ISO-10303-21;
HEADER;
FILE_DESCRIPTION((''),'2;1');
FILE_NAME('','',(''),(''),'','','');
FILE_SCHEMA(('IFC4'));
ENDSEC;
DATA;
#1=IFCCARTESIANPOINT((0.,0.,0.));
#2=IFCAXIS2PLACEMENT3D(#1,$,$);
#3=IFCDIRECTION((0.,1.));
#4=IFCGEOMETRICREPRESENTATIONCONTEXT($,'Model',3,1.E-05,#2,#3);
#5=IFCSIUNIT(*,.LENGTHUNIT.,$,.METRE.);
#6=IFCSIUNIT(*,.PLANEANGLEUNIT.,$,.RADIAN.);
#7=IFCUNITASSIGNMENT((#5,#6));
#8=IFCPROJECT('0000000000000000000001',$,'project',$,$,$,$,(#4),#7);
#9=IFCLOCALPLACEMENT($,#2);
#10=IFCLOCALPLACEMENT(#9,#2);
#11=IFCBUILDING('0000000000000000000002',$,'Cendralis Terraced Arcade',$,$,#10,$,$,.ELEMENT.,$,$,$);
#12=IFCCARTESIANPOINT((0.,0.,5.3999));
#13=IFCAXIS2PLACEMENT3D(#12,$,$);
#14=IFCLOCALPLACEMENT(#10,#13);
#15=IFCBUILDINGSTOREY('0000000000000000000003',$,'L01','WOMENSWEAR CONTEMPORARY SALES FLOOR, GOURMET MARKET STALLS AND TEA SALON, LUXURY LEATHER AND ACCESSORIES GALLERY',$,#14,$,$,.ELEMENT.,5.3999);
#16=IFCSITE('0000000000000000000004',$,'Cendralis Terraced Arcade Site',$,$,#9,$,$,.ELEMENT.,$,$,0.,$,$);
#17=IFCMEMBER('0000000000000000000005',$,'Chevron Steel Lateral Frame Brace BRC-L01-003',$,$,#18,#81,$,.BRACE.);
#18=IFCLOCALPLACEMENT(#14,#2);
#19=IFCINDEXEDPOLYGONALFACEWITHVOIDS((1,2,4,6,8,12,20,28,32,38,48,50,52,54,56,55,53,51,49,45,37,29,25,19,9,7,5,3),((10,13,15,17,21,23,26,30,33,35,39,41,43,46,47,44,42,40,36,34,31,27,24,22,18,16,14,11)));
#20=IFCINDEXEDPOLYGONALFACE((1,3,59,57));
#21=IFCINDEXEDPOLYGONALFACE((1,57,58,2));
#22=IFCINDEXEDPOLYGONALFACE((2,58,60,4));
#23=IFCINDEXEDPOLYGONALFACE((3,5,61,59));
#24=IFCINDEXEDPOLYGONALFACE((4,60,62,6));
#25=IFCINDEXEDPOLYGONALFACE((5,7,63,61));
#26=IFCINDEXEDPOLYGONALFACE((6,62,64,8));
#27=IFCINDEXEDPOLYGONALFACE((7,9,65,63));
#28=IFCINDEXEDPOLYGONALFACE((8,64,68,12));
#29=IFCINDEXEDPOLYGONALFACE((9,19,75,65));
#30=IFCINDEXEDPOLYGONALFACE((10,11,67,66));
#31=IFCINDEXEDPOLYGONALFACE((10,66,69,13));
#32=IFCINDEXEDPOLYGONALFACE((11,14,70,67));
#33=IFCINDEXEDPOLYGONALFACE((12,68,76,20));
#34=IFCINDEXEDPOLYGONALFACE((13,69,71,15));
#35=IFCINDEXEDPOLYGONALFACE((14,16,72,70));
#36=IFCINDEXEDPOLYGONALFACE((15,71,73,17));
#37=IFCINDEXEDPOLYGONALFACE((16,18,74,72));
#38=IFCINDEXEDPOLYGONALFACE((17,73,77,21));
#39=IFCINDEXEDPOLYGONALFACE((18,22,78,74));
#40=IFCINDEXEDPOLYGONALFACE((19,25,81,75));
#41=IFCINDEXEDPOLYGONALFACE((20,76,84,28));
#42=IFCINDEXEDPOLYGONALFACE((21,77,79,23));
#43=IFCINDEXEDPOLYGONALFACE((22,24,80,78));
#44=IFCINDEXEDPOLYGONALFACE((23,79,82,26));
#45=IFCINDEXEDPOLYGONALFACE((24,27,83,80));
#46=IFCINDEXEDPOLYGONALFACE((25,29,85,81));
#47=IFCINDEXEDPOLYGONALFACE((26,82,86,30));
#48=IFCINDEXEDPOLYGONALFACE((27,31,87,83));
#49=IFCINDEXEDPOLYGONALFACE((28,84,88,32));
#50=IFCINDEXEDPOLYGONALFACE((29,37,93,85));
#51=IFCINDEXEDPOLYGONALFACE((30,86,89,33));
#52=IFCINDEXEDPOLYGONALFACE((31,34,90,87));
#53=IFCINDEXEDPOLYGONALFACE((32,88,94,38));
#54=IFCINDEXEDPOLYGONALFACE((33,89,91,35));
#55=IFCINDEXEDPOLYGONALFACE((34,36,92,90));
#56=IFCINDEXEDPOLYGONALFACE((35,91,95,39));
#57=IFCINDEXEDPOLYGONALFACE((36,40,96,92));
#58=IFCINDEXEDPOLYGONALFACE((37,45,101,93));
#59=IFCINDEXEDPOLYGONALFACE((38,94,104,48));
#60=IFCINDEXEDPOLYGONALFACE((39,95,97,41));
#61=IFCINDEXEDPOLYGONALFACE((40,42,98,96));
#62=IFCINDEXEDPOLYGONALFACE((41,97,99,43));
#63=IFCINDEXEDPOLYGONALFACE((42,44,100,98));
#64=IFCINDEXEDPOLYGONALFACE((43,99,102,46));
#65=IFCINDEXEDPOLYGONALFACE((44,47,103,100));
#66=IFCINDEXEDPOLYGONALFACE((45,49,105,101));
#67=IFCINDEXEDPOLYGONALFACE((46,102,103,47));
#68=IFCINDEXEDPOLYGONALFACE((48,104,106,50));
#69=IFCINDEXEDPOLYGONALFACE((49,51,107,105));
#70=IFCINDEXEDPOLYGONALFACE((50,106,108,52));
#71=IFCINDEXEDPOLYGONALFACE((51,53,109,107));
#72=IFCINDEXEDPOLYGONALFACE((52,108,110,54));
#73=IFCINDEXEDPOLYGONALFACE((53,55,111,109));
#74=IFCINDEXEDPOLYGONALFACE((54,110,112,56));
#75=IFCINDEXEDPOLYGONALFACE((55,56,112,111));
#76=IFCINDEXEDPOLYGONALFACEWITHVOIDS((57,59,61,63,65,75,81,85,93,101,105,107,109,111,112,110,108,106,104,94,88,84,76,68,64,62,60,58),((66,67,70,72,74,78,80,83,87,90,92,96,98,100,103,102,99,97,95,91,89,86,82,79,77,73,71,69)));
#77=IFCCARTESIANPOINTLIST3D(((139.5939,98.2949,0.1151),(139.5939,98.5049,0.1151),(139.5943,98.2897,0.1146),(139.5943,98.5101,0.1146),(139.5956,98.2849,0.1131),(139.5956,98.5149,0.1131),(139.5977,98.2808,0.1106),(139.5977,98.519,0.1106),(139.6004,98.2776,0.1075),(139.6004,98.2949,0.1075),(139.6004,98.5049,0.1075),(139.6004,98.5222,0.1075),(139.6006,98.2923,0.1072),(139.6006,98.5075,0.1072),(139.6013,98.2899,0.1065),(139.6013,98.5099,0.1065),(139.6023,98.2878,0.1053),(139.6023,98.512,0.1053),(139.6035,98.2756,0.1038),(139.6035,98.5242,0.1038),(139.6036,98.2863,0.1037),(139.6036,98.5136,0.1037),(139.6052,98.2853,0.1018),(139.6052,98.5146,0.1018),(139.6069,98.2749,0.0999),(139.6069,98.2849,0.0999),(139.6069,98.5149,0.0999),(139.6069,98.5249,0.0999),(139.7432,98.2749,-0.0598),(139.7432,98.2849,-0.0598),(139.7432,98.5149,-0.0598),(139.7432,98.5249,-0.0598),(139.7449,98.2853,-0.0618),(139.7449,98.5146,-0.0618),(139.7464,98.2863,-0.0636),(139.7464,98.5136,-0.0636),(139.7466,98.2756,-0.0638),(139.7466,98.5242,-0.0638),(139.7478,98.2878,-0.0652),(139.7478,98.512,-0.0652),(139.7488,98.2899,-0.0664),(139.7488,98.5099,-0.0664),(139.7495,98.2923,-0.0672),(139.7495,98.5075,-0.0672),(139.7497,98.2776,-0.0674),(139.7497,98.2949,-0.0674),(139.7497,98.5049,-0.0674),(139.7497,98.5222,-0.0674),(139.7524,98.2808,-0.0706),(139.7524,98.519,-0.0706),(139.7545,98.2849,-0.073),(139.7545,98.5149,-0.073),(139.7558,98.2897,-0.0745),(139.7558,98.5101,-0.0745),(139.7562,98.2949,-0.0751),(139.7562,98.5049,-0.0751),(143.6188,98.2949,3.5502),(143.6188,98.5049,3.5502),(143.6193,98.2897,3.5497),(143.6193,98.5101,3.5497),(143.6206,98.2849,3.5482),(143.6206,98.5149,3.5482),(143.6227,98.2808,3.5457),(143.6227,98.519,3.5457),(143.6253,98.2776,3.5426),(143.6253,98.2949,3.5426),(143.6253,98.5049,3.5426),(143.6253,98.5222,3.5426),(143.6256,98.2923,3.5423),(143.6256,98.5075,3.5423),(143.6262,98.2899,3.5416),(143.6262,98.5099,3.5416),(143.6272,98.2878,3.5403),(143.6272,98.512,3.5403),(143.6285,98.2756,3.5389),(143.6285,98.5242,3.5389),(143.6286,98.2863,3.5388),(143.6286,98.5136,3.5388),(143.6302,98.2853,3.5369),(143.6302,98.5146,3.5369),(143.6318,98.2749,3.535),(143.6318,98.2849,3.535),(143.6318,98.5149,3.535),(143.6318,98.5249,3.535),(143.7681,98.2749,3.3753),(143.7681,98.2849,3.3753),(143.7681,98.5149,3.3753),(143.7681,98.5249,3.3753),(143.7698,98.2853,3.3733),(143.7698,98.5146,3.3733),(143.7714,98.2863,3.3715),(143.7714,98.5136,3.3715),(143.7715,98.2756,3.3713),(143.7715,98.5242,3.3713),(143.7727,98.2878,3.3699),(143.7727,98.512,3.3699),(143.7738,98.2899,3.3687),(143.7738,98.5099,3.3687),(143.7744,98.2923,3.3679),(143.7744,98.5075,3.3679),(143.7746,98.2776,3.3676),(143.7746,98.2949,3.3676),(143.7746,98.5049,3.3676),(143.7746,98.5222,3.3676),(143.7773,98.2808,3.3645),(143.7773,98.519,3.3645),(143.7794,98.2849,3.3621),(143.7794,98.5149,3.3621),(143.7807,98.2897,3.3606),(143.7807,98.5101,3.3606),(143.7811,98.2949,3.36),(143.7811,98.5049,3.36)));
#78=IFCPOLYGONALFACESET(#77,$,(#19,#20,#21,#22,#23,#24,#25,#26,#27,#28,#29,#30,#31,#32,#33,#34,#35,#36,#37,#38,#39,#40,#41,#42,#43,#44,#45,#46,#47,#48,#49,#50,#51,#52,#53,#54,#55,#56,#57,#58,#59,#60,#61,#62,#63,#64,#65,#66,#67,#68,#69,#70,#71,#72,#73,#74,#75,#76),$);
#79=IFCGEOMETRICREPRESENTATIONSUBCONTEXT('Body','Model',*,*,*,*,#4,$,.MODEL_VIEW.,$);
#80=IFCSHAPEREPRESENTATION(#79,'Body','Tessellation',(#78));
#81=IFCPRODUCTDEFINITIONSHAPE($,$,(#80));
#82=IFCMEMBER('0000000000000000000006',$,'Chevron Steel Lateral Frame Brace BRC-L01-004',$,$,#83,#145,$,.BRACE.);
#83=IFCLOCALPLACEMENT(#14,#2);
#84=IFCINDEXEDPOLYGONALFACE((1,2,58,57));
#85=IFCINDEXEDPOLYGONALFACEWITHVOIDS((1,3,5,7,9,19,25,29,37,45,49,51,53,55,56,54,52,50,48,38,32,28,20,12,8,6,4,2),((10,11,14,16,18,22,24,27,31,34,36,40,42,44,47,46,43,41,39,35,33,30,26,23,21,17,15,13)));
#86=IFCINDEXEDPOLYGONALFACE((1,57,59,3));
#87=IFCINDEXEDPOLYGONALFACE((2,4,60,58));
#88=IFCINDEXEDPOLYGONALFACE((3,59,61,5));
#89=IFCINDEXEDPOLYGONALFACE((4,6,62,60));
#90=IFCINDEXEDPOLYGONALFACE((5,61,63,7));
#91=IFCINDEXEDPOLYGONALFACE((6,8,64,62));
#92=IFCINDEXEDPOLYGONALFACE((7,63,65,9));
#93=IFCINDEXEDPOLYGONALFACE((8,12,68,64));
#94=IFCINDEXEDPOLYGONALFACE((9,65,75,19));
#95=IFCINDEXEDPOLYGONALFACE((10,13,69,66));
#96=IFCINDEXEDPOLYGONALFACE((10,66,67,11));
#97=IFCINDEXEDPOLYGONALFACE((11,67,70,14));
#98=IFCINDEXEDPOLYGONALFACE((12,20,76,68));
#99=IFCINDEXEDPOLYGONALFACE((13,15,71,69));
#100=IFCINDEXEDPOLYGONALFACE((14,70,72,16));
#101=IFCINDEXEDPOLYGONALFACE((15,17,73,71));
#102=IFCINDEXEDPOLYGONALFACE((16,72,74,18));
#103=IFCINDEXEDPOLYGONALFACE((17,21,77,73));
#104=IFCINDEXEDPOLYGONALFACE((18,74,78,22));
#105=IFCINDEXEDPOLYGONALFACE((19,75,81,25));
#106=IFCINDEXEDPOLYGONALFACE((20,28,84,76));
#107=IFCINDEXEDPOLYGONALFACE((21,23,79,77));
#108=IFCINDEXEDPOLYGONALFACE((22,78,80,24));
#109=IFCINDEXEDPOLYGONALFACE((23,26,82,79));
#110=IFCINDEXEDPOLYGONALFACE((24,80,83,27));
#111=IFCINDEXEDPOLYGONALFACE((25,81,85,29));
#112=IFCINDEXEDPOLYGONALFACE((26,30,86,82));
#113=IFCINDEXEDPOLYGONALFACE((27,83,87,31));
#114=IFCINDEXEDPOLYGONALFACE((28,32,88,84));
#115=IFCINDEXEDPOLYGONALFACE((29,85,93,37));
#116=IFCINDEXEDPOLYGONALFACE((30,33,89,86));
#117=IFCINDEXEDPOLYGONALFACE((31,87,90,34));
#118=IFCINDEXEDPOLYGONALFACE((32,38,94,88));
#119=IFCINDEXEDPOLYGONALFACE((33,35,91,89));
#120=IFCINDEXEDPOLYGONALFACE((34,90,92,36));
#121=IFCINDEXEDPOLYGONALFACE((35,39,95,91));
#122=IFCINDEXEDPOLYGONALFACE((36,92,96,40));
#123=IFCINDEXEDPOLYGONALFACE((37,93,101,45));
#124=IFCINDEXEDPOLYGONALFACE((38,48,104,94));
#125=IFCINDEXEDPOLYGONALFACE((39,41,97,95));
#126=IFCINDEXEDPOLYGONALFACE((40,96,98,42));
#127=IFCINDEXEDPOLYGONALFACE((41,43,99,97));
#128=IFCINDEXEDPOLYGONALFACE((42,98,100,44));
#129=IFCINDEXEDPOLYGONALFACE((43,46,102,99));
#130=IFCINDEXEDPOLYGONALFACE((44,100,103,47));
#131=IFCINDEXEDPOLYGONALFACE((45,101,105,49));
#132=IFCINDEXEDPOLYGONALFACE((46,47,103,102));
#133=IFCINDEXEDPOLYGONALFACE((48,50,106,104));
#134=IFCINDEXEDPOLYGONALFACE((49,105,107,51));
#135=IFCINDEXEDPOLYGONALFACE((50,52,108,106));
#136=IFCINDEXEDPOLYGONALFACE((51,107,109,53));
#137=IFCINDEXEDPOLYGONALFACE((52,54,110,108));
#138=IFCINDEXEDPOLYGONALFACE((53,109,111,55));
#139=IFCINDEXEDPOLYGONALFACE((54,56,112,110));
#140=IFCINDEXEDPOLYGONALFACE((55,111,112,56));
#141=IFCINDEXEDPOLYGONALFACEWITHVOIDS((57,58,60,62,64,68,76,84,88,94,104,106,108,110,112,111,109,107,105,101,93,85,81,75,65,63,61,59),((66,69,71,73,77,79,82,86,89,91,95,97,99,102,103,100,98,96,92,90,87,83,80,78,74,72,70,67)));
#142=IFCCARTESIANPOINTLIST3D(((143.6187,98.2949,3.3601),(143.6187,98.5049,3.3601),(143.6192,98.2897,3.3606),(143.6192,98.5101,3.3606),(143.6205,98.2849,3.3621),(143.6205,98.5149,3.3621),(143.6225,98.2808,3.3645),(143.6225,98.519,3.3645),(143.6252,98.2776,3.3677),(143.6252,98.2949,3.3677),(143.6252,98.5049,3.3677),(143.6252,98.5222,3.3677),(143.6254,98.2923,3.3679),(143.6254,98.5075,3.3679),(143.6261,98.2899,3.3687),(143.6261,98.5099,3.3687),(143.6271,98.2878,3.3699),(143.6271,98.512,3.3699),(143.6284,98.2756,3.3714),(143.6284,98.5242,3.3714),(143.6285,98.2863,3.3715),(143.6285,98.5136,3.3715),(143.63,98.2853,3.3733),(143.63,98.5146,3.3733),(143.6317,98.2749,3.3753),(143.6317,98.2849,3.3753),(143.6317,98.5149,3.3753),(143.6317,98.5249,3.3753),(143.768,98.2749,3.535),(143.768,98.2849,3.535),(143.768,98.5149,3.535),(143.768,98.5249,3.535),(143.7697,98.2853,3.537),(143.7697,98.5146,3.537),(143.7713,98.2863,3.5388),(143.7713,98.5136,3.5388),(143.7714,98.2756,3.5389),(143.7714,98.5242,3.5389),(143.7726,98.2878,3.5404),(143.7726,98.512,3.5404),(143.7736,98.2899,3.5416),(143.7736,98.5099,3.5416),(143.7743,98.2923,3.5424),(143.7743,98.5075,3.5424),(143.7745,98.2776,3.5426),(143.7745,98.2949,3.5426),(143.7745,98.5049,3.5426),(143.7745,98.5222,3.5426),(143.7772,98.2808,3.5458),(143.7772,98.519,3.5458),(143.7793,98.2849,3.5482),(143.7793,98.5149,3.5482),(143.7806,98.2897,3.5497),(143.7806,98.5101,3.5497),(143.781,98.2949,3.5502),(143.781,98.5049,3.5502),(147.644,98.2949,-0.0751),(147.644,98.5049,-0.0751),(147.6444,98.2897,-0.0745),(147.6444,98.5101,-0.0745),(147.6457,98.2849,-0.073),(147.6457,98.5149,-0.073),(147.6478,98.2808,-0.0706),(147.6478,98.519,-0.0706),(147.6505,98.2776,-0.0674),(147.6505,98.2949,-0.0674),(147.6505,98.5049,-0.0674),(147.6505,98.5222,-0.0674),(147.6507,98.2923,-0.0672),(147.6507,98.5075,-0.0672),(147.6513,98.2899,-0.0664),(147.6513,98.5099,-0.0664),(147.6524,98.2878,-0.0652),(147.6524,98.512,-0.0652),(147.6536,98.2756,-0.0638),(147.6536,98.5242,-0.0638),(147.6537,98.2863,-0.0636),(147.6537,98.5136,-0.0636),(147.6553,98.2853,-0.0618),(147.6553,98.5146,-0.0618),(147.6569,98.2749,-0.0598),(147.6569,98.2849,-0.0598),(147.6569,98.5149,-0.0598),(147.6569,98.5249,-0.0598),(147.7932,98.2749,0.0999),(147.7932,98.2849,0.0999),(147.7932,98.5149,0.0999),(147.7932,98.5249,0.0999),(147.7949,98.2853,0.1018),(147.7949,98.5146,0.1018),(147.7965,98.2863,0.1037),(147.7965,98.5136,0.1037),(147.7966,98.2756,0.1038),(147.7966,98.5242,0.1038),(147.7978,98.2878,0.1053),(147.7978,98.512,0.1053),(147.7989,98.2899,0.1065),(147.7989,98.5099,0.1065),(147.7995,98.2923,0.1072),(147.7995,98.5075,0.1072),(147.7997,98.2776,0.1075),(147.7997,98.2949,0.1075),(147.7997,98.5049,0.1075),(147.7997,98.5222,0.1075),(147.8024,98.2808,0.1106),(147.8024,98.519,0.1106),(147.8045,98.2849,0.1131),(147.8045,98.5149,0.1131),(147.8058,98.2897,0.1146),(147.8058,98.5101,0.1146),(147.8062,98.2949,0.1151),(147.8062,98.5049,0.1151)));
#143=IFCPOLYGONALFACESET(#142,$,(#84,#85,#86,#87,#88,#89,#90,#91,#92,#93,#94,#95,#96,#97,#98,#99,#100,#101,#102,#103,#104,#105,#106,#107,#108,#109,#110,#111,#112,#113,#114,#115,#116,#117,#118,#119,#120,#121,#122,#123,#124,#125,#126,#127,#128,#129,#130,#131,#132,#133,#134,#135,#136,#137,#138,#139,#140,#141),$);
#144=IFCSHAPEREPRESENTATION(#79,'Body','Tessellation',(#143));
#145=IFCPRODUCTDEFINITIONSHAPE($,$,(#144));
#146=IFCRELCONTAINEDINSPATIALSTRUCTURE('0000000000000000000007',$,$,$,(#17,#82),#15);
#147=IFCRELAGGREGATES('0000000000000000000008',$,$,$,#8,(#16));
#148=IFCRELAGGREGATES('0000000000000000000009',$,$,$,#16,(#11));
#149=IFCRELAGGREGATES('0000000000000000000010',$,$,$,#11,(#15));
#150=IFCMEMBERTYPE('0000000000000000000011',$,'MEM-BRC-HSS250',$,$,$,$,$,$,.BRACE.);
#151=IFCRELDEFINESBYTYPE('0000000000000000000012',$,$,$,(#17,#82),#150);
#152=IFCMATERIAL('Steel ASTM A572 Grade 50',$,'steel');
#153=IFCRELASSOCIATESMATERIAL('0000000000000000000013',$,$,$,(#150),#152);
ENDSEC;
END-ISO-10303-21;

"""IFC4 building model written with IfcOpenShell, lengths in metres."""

from ifc_helpers import new_model, si_unit, direction, frame, origin, origin_2d, place, context, subcontext, project, spatial, hollow_rectangle, extrude, material, material_profile, profile_set, type_object, element, save


model = new_model("IFC4")

# Units and contexts
model_context = context("Model", 3, precision=1e-05, world=origin(), true_north=direction((0.0, 1.0)))
body_context = subcontext(model_context, "Body", "Model", "MODEL_VIEW")
ifc_project = project(units=[si_unit("LENGTHUNIT", "METRE"), si_unit("PLANEANGLEUNIT", "RADIAN")], contexts=[model_context])

# Site, building, storey
site_placement = place(None, origin())
site = spatial("IfcSite", under=ifc_project, at=site_placement, Name="Cendralis Terraced Arcade Site", CompositionType="ELEMENT", RefElevation=0.0)
building_placement = place(site_placement, origin())
building = spatial("IfcBuilding", under=site, at=building_placement, Name="Cendralis Terraced Arcade", CompositionType="ELEMENT")
storey_placement = place(building_placement, frame((0.0, 0.0, 5.3999)))
storey = spatial("IfcBuildingStorey", under=building, at=storey_placement, Name="L01", Description="WOMENSWEAR CONTEMPORARY SALES FLOOR, GOURMET MARKET STALLS AND TEA SALON, LUXURY LEATHER AND ACCESSORIES GALLERY", CompositionType="ELEMENT", Elevation=5.3999)

# Members
ifc_material_1 = material(Name="Steel ASTM A572 Grade 50", Category="steel")
ifc_material_profile_1 = material_profile(ifc_material_1, hollow_rectangle(XDim=0.25, YDim=0.25, WallThickness=0.01, InnerFilletRadius=0.01, OuterFilletRadius=0.02, at=origin_2d()), Name="HSS250X250X10", Category="LoadBearing")
ifc_profile_set_1 = profile_set([ifc_material_profile_1], Name="Steel ASTM A572 Grade 50")
member_type = type_object("IfcMemberType", Name="MEM-BRC-HSS250", PredefinedType="BRACE", material=ifc_profile_set_1)
member_1_placement = place(storey_placement, frame((139.675, 98.3999, 0.02), z_axis=(0.760642, 0.0, 0.649171), x_axis=(0.0, 1.0, 0.0)))
element("IfcMember", 1, at=member_1_placement, inside=storey, type_object=member_type, Name="Chevron Steel Lateral Frame Brace BRC-L01-003", PredefinedType="BRACE", context=body_context, shape_type="SweptSolid", body=[
    extrude(hollow_rectangle(XDim=0.25, YDim=0.25, WallThickness=0.01, InnerFilletRadius=0.01, OuterFilletRadius=0.02, at=origin_2d()), origin(), (0.0, 0.0, 1.0), 5.2915),
])
member_2_placement = place(storey_placement, frame((147.7251, 98.3999, 0.02), z_axis=(-0.760662, 0.0, 0.649148), x_axis=(0.0, -1.0, 0.0)))
element("IfcMember", 2, at=member_2_placement, inside=storey, type_object=member_type, Name="Chevron Steel Lateral Frame Brace BRC-L01-004", PredefinedType="BRACE", context=body_context, shape_type="SweptSolid", body=[
    extrude(hollow_rectangle(XDim=0.25, YDim=0.25, WallThickness=0.01, InnerFilletRadius=0.01, OuterFilletRadius=0.02, at=origin_2d()), origin(), (0.0, 0.0, 1.0), 5.2917),
])

save(model, "model.ifc")
